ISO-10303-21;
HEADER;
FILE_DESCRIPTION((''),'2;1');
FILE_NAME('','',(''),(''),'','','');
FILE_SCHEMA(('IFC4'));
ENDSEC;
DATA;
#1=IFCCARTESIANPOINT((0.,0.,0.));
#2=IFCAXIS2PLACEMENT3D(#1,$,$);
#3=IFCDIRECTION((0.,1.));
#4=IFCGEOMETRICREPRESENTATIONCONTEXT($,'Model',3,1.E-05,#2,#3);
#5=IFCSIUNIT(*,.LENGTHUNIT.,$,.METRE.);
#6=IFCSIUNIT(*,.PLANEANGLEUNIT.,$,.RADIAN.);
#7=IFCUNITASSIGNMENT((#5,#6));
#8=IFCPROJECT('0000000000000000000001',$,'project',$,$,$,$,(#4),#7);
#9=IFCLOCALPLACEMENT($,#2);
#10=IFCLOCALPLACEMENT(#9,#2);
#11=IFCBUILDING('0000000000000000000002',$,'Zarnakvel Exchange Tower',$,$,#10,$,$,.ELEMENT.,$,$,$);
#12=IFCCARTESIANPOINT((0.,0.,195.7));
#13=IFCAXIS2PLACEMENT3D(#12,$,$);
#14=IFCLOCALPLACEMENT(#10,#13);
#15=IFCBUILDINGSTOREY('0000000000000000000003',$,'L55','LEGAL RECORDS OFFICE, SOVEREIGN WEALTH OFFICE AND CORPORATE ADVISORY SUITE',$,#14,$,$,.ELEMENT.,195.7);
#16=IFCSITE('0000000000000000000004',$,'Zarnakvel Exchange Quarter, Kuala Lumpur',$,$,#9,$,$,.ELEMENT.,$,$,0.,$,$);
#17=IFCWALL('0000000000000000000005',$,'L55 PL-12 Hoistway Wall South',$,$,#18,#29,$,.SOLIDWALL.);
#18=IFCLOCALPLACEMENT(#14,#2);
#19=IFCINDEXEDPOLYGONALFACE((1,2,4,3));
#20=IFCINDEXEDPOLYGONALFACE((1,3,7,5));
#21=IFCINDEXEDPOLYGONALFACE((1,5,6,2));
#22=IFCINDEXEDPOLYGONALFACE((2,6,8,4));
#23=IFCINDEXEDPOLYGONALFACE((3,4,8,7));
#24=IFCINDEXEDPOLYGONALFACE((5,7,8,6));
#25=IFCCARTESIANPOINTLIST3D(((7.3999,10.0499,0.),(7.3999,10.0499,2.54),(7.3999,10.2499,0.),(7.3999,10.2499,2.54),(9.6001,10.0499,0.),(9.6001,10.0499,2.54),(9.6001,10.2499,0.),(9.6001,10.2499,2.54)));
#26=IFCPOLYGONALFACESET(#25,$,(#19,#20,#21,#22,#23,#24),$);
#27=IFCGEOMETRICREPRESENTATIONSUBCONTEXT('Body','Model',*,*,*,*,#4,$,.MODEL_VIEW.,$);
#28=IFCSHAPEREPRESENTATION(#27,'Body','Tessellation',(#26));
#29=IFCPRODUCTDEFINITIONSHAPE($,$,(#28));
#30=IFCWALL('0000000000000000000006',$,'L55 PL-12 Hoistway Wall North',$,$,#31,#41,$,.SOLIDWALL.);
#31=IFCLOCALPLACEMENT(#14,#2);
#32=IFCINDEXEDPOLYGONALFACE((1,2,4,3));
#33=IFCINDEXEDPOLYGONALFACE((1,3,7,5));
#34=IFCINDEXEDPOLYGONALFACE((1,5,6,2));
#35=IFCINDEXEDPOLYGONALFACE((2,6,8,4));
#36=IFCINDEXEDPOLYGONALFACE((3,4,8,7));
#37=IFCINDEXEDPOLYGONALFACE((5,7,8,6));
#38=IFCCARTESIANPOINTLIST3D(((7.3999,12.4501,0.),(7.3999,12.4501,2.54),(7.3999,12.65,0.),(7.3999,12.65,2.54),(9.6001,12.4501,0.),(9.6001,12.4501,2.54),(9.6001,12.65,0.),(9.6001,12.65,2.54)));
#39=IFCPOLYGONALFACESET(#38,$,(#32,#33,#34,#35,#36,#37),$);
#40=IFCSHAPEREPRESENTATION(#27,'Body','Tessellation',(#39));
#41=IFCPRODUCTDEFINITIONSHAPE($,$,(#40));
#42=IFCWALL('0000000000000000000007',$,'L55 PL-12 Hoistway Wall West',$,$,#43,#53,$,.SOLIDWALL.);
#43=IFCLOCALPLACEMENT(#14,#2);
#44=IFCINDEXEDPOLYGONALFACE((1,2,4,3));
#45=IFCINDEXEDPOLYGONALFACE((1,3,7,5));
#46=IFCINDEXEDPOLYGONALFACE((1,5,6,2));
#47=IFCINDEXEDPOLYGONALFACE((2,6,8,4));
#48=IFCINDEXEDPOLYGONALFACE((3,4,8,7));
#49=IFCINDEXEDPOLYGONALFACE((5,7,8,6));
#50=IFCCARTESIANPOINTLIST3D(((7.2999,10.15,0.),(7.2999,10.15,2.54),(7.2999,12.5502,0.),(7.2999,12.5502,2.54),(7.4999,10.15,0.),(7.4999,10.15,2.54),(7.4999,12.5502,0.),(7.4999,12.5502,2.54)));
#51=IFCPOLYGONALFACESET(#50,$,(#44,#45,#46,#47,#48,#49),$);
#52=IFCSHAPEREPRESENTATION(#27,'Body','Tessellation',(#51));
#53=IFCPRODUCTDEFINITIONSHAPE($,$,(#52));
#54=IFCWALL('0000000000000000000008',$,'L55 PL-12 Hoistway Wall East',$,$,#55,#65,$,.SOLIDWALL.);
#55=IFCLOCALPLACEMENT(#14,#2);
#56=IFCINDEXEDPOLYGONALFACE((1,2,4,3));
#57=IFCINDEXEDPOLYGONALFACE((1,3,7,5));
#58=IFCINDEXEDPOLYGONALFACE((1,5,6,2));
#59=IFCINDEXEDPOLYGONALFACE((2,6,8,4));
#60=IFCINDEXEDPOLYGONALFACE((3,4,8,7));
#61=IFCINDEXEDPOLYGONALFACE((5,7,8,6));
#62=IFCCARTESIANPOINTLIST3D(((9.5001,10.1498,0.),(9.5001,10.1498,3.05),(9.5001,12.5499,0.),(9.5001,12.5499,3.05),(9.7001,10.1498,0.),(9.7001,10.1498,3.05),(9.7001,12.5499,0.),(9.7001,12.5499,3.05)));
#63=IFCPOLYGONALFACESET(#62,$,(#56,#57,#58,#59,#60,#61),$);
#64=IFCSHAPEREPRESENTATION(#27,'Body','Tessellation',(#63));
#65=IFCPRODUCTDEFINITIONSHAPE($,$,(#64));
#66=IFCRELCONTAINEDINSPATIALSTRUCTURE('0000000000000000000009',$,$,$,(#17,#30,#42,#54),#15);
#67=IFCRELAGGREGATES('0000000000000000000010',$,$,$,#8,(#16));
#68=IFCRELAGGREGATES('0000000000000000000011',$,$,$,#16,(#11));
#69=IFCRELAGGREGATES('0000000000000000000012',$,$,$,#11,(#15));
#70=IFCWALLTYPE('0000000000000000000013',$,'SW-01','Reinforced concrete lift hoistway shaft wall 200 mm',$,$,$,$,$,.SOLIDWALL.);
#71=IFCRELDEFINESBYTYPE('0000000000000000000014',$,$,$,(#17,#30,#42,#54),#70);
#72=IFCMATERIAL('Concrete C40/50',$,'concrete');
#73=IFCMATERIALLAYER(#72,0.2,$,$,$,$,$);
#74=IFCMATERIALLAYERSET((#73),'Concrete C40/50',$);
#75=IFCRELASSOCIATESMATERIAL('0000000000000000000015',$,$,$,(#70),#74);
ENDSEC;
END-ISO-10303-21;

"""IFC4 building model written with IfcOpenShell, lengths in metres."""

from ifc_helpers import new_model, si_unit, direction, frame, frame_2d, origin, place, context, subcontext, project, spatial, rectangle, extrude, material, layer, layer_set, type_object, element, save


model = new_model("IFC4")

# Units and contexts
model_context = context("Model", 3, precision=1e-05, world=origin(), true_north=direction((0.0, 1.0)))
body_context = subcontext(model_context, "Body", "Model", "MODEL_VIEW")
ifc_project = project(units=[si_unit("LENGTHUNIT", "METRE"), si_unit("PLANEANGLEUNIT", "RADIAN")], contexts=[model_context])

# Site, building, storey
site_placement = place(None, origin())
site = spatial("IfcSite", under=ifc_project, at=site_placement, Name="Zarnakvel Exchange Quarter, Kuala Lumpur", CompositionType="ELEMENT", RefElevation=0.0)
building_placement = place(site_placement, origin())
building = spatial("IfcBuilding", under=site, at=building_placement, Name="Zarnakvel Exchange Tower", CompositionType="ELEMENT")
storey_placement = place(building_placement, frame((0.0, 0.0, 195.7)))
storey = spatial("IfcBuildingStorey", under=building, at=storey_placement, Name="L55", Description="LEGAL RECORDS OFFICE, SOVEREIGN WEALTH OFFICE AND CORPORATE ADVISORY SUITE", CompositionType="ELEMENT", Elevation=195.7)

# Walls
ifc_material_1 = material(Name="Concrete C40/50", Category="concrete")
ifc_layer_1 = layer(ifc_material_1, 0.2)
ifc_layer_set_1 = layer_set([ifc_layer_1], Name="Concrete C40/50")
wall_type_1 = type_object("IfcWallType", Name="SW-01", Description="Reinforced concrete lift hoistway shaft wall 200 mm", PredefinedType="SOLIDWALL", material=ifc_layer_set_1)
for number, where, z_axis, x_axis, name in (
    (1, (9.6001, 10.1499, 0.0), (0.0, 0.0, 1.0), (-1.0, 0.0, 0.0), "L55 PL-12 Hoistway Wall South"),
    (2, (7.3999, 12.55, 0.0), (0.0, 0.0, 1.0), (1.0, 0.0, 0.0), "L55 PL-12 Hoistway Wall North"),
):
    element("IfcWall", number, at=place(storey_placement, frame(where, z_axis=z_axis, x_axis=x_axis)), inside=storey, type_object=wall_type_1, Name=name, PredefinedType="SOLIDWALL", context=body_context, shape_type="SweptSolid", body=[
        extrude(rectangle(XDim=2.2002, YDim=0.2, at=frame_2d((1.1001, 0.0))), origin(), (0.0, 0.0, 1.0), 2.54),
    ])
wall_1_placement = place(storey_placement, frame((7.3999, 10.1499, 0.0), z_axis=(0.0, 0.0, 1.0), x_axis=(0.0, 1.0, 0.0)))
element("IfcWall", 3, at=wall_1_placement, inside=storey, type_object=wall_type_1, Name="L55 PL-12 Hoistway Wall West", PredefinedType="SOLIDWALL", context=body_context, shape_type="SweptSolid", body=[
    extrude(rectangle(XDim=2.4001, YDim=0.2, at=frame_2d((1.2002, 0.0))), origin(), (0.0, 0.0, 1.0), 2.54),
])
wall_2_placement = place(storey_placement, frame((9.6001, 12.55, 0.0), z_axis=(0.0, 0.0, 1.0), x_axis=(0.0, -1.0, 0.0)))
element("IfcWall", 4, at=wall_2_placement, inside=storey, type_object=wall_type_1, Name="L55 PL-12 Hoistway Wall East", PredefinedType="SOLIDWALL", context=body_context, shape_type="SweptSolid", body=[
    extrude(rectangle(XDim=2.4001, YDim=0.2, at=frame_2d((1.2002, 0.0))), origin(), (0.0, 0.0, 1.0), 3.05),
])

save(model, "model.ifc")
